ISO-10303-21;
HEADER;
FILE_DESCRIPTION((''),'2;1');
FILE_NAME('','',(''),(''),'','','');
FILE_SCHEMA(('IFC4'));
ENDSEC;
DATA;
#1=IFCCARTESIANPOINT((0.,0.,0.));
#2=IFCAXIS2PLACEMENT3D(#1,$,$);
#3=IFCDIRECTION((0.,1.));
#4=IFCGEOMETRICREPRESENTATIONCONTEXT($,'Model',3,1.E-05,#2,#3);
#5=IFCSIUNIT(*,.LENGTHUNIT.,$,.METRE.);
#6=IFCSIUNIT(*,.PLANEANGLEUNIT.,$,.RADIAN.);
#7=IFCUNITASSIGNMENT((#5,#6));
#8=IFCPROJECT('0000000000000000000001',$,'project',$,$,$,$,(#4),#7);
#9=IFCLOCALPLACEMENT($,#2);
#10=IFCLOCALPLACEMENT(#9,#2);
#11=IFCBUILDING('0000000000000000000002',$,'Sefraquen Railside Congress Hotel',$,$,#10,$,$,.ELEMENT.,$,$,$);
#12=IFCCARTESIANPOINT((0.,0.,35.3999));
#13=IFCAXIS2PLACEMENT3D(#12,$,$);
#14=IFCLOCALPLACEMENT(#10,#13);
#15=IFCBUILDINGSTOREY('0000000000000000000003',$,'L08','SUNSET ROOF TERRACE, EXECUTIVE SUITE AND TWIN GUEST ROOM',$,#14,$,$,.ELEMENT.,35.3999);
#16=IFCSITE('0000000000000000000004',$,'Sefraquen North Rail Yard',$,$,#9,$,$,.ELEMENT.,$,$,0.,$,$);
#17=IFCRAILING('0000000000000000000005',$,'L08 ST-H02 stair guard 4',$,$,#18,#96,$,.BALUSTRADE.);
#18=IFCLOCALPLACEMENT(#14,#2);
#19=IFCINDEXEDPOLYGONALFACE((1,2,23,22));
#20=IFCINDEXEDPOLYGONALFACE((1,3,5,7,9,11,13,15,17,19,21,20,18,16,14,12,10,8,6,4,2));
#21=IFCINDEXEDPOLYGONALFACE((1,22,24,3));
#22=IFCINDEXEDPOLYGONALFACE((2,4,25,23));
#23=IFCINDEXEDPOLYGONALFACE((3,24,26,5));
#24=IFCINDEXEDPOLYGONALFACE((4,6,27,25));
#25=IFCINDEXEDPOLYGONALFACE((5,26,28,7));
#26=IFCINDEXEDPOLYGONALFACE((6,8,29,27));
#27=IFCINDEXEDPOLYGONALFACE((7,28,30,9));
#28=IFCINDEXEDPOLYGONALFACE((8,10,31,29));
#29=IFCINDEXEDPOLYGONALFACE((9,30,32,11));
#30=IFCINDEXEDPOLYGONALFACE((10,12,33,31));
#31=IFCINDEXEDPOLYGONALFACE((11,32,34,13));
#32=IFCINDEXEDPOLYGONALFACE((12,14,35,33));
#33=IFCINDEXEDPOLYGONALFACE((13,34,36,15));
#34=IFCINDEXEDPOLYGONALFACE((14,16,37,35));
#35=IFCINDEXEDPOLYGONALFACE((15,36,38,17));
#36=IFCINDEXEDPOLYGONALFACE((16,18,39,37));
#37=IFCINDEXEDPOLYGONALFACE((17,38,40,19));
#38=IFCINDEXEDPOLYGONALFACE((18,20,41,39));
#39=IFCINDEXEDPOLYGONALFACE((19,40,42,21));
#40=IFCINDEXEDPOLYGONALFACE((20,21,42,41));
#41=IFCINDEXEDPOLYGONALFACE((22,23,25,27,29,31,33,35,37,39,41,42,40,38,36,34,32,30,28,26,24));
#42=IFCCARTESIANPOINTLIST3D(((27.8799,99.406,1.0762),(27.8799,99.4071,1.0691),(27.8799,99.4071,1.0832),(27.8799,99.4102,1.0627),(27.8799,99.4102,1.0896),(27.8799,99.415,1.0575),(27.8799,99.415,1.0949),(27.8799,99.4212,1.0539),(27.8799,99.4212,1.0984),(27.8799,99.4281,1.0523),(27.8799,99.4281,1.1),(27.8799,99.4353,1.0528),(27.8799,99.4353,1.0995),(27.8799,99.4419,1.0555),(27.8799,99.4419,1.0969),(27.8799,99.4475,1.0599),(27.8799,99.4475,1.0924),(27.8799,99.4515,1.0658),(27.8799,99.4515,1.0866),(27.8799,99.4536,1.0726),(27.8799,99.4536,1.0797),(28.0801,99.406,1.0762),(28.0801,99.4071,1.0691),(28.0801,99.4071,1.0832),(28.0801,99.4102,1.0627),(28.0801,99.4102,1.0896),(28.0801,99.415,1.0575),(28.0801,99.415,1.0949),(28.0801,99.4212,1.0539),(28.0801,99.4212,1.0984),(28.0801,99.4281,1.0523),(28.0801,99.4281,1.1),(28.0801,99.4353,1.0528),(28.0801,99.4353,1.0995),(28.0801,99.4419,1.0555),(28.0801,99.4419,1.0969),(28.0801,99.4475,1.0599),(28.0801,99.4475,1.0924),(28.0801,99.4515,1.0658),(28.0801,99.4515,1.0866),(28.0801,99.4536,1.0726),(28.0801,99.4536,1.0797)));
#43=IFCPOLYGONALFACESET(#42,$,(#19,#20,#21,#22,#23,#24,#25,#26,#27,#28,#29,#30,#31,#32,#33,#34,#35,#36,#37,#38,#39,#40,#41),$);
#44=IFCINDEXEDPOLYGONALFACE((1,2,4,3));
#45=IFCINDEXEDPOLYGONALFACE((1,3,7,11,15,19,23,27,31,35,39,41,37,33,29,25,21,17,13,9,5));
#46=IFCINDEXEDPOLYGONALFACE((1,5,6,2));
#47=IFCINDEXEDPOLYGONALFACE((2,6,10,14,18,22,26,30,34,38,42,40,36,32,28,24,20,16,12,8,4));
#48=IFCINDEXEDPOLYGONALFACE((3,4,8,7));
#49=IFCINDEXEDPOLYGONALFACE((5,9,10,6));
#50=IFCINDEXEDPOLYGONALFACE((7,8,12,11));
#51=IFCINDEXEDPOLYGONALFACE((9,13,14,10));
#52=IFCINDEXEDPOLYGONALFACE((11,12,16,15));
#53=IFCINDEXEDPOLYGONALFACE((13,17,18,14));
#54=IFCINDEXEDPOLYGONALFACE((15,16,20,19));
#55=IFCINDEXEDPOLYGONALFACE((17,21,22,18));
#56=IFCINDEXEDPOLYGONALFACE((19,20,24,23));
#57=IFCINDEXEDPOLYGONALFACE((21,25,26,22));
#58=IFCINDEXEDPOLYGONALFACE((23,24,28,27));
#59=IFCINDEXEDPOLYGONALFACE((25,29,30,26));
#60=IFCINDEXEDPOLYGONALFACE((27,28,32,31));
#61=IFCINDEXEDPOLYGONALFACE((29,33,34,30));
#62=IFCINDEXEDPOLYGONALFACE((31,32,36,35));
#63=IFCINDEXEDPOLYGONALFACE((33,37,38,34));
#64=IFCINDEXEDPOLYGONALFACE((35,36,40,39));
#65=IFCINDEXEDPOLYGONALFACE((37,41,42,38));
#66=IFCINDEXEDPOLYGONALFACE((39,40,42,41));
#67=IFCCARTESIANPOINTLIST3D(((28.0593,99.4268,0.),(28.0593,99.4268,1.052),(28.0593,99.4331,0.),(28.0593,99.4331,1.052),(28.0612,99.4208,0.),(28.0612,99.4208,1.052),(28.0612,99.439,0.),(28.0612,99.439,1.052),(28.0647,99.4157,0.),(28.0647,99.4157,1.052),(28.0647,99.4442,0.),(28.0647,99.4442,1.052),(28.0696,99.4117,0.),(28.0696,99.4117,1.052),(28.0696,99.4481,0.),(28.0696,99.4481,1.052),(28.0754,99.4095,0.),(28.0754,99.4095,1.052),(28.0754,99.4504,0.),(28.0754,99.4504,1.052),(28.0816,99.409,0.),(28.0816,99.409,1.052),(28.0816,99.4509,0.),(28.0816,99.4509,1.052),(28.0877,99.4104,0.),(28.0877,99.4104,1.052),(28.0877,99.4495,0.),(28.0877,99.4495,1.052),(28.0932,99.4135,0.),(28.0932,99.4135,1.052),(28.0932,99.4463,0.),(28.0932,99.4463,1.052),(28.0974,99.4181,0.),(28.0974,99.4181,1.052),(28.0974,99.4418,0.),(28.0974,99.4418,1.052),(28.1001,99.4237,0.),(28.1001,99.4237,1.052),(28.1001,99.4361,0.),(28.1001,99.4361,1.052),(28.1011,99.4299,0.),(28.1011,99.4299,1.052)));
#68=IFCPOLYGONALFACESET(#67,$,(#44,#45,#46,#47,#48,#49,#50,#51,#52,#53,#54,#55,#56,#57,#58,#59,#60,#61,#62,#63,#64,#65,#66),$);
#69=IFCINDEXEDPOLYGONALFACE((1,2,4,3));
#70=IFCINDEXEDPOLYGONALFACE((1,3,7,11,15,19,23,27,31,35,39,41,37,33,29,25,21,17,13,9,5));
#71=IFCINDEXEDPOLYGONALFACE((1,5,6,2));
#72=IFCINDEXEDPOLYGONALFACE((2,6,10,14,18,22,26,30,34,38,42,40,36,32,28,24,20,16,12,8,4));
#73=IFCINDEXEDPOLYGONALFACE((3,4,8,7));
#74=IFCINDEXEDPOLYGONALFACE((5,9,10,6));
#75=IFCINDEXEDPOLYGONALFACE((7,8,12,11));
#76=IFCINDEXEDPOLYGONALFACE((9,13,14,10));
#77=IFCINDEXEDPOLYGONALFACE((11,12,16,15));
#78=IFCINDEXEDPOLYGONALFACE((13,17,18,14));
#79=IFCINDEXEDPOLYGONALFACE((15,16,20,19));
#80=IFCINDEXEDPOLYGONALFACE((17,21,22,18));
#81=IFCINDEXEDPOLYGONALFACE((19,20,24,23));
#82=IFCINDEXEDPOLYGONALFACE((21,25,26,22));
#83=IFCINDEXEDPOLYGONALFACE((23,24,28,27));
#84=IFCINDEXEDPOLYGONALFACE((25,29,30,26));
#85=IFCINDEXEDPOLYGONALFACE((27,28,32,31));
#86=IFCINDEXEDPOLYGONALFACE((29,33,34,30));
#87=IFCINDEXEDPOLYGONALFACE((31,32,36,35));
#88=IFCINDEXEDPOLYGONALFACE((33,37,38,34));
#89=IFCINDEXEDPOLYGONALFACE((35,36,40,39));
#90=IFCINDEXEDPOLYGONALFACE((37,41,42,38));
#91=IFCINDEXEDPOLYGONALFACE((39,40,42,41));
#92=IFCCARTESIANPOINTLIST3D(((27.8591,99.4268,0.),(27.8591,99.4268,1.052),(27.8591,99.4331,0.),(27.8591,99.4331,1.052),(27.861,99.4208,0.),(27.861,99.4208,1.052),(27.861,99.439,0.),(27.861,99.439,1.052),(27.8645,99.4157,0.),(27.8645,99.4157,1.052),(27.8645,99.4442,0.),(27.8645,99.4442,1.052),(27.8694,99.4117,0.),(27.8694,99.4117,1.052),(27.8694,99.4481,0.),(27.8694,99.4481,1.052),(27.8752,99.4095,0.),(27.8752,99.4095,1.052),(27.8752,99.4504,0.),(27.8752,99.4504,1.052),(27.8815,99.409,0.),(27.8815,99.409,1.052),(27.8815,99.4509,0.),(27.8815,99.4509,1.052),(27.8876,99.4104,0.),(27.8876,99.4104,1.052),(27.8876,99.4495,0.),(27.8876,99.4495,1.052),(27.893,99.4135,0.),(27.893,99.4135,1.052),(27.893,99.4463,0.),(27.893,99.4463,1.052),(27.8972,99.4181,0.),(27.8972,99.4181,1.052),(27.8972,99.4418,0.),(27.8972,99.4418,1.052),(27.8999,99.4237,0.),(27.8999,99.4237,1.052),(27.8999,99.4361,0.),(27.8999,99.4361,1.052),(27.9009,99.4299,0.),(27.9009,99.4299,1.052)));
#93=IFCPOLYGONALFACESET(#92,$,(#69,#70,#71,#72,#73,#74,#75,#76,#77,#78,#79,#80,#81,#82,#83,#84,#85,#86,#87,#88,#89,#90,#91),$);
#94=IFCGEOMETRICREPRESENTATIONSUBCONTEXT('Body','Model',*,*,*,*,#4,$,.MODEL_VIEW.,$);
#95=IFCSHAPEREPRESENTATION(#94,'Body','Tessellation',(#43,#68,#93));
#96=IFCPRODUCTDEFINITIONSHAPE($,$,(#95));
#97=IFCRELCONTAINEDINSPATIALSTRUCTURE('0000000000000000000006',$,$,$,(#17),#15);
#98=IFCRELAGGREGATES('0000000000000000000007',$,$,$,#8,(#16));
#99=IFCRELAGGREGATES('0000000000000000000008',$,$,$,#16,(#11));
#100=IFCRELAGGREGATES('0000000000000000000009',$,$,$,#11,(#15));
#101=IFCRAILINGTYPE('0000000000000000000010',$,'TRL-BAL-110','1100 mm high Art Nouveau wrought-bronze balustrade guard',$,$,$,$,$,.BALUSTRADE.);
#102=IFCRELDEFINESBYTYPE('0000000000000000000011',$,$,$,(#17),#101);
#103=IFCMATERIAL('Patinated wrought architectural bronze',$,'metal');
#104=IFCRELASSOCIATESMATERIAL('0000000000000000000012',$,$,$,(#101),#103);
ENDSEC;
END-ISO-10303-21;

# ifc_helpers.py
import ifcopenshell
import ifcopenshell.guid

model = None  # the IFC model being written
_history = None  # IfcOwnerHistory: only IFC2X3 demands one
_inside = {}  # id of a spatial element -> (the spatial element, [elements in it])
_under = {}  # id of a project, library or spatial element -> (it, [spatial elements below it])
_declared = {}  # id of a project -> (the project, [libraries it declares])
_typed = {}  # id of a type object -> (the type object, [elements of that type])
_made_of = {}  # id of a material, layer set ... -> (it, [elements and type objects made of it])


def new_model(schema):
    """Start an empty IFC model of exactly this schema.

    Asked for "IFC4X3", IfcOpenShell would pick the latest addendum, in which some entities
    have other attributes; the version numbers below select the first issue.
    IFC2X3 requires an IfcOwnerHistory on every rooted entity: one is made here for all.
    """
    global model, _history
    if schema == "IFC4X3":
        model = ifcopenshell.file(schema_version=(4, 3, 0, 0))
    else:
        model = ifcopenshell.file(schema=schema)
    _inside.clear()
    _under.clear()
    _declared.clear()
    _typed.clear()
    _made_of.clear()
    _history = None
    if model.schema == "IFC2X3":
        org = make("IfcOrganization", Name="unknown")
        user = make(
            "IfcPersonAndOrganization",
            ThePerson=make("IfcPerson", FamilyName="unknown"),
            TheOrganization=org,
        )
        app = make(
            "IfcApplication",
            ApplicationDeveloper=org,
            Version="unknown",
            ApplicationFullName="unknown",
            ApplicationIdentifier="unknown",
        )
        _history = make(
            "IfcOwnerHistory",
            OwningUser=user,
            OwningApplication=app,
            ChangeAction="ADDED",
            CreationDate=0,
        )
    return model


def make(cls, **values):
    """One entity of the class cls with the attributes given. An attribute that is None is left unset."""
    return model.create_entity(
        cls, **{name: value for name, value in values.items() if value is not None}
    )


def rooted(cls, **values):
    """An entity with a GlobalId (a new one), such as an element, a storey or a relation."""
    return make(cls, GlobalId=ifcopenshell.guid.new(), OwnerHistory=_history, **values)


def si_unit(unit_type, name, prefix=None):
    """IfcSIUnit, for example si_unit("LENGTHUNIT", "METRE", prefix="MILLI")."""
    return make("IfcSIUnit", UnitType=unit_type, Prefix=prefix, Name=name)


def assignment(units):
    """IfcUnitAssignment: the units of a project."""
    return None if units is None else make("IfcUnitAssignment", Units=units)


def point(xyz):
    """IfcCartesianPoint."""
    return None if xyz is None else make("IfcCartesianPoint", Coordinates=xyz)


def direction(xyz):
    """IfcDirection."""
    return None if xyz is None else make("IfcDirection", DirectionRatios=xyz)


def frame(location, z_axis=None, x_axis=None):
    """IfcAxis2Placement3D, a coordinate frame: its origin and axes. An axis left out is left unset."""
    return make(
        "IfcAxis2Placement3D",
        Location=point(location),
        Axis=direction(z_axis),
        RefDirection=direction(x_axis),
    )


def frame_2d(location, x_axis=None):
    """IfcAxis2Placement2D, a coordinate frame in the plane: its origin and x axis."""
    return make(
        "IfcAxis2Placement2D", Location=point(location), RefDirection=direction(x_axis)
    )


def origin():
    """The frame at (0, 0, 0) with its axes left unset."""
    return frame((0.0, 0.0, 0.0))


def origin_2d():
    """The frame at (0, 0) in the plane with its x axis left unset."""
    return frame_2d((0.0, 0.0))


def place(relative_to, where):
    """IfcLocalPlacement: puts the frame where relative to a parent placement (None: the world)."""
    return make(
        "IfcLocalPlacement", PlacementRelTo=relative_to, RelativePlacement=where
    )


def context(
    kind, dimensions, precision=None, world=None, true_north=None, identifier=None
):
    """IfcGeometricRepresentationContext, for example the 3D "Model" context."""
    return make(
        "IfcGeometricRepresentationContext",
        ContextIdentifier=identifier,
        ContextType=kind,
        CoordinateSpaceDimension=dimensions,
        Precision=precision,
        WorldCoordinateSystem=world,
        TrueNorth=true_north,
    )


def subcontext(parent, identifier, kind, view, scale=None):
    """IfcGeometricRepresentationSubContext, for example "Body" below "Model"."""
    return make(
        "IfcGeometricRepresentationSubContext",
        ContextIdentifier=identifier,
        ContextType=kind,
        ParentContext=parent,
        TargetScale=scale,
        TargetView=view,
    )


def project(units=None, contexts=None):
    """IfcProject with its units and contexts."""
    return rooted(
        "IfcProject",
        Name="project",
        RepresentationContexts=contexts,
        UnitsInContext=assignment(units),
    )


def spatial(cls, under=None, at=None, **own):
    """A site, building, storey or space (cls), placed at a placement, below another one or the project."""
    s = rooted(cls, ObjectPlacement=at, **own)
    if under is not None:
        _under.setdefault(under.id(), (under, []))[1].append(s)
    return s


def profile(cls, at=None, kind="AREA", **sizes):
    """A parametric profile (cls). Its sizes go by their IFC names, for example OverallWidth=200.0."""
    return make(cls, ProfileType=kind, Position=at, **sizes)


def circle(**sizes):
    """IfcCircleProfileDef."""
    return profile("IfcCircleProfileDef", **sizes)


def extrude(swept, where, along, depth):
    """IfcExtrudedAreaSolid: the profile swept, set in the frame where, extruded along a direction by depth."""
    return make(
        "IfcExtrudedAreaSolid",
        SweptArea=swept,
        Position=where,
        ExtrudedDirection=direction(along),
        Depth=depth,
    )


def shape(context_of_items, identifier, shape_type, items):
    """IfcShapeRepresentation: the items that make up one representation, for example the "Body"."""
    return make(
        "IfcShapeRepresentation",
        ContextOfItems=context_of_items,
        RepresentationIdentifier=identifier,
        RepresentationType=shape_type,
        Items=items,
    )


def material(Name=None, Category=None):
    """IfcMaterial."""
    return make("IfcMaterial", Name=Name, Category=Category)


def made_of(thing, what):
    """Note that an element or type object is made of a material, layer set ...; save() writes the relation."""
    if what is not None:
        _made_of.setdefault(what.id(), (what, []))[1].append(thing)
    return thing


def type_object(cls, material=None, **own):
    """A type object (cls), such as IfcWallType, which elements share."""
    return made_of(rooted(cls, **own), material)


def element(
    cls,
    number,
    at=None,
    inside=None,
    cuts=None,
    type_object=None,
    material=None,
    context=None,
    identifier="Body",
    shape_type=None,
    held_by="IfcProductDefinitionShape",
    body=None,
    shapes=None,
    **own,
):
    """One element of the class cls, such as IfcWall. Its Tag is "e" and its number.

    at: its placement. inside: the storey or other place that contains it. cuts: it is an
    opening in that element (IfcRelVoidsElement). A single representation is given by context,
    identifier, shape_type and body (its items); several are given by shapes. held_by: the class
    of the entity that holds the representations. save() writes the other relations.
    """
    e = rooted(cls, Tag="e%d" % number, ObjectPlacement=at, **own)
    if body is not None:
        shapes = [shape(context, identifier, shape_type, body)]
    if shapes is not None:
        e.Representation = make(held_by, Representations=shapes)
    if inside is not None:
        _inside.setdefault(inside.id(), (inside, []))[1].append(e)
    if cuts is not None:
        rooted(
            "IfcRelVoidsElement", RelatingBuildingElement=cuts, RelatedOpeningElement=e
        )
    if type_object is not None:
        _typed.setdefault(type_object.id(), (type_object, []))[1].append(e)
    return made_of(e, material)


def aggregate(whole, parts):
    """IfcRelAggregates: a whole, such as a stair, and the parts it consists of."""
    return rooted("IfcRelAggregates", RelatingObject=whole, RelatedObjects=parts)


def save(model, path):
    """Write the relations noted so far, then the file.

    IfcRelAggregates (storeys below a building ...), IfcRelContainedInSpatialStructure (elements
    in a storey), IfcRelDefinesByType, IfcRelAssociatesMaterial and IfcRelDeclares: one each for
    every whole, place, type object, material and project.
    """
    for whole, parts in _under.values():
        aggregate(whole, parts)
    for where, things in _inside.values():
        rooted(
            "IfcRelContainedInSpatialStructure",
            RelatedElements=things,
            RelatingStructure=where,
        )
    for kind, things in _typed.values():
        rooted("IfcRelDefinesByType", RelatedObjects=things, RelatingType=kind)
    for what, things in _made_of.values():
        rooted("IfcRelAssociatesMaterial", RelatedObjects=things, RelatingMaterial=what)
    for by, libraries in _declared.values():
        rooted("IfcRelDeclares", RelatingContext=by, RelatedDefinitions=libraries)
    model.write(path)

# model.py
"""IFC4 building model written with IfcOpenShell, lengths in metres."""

from ifc_helpers import new_model, si_unit, direction, frame, origin, origin_2d, place, context, subcontext, project, spatial, circle, extrude, material, type_object, element, save


model = new_model("IFC4")

# Units and contexts
model_context = context("Model", 3, precision=1e-05, world=origin(), true_north=direction((0.0, 1.0)))
body_context = subcontext(model_context, "Body", "Model", "MODEL_VIEW")
ifc_project = project(units=[si_unit("LENGTHUNIT", "METRE"), si_unit("PLANEANGLEUNIT", "RADIAN")], contexts=[model_context])

# Site, building, storey
site_placement = place(None, origin())
site = spatial("IfcSite", under=ifc_project, at=site_placement, Name="Sefraquen North Rail Yard", CompositionType="ELEMENT", RefElevation=0.0)
building_placement = place(site_placement, origin())
building = spatial("IfcBuilding", under=site, at=building_placement, Name="Sefraquen Railside Congress Hotel", CompositionType="ELEMENT")
storey_placement = place(building_placement, frame((0.0, 0.0, 35.3999)))
storey = spatial("IfcBuildingStorey", under=building, at=storey_placement, Name="L08", Description="SUNSET ROOF TERRACE, EXECUTIVE SUITE AND TWIN GUEST ROOM", CompositionType="ELEMENT", Elevation=35.3999)

# Railing
ifc_material_1 = material(Name="Patinated wrought architectural bronze", Category="metal")
railing_type_1 = type_object("IfcRailingType", Name="TRL-BAL-110", Description="1100 mm high Art Nouveau wrought-bronze balustrade guard", PredefinedType="BALUSTRADE", material=ifc_material_1)
railing_1_placement = place(storey_placement, frame((28.0801, 99.4299, 0.0)))
element("IfcRailing", 1, at=railing_1_placement, inside=storey, type_object=railing_type_1, Name="L08 ST-H02 stair guard 4", PredefinedType="BALUSTRADE", context=body_context, shape_type="SweptSolid", body=[
    extrude(circle(Radius=0.0239, at=origin_2d()), frame((0.0, 0.0, 1.0762), z_axis=(-1.0, 0.0, 0.0), x_axis=(0.0, -1.0, 0.0)), (0.0, 0.0, 1.0), 0.2002),
    extrude(circle(Radius=0.021, at=origin_2d()), origin(), (0.0, 0.0, 1.0), 1.052),
    extrude(circle(Radius=0.021, at=origin_2d()), frame((-0.2002, 0.0, 0.0)), (0.0, 0.0, 1.0), 1.052),
])

save(model, "model.ifc")
